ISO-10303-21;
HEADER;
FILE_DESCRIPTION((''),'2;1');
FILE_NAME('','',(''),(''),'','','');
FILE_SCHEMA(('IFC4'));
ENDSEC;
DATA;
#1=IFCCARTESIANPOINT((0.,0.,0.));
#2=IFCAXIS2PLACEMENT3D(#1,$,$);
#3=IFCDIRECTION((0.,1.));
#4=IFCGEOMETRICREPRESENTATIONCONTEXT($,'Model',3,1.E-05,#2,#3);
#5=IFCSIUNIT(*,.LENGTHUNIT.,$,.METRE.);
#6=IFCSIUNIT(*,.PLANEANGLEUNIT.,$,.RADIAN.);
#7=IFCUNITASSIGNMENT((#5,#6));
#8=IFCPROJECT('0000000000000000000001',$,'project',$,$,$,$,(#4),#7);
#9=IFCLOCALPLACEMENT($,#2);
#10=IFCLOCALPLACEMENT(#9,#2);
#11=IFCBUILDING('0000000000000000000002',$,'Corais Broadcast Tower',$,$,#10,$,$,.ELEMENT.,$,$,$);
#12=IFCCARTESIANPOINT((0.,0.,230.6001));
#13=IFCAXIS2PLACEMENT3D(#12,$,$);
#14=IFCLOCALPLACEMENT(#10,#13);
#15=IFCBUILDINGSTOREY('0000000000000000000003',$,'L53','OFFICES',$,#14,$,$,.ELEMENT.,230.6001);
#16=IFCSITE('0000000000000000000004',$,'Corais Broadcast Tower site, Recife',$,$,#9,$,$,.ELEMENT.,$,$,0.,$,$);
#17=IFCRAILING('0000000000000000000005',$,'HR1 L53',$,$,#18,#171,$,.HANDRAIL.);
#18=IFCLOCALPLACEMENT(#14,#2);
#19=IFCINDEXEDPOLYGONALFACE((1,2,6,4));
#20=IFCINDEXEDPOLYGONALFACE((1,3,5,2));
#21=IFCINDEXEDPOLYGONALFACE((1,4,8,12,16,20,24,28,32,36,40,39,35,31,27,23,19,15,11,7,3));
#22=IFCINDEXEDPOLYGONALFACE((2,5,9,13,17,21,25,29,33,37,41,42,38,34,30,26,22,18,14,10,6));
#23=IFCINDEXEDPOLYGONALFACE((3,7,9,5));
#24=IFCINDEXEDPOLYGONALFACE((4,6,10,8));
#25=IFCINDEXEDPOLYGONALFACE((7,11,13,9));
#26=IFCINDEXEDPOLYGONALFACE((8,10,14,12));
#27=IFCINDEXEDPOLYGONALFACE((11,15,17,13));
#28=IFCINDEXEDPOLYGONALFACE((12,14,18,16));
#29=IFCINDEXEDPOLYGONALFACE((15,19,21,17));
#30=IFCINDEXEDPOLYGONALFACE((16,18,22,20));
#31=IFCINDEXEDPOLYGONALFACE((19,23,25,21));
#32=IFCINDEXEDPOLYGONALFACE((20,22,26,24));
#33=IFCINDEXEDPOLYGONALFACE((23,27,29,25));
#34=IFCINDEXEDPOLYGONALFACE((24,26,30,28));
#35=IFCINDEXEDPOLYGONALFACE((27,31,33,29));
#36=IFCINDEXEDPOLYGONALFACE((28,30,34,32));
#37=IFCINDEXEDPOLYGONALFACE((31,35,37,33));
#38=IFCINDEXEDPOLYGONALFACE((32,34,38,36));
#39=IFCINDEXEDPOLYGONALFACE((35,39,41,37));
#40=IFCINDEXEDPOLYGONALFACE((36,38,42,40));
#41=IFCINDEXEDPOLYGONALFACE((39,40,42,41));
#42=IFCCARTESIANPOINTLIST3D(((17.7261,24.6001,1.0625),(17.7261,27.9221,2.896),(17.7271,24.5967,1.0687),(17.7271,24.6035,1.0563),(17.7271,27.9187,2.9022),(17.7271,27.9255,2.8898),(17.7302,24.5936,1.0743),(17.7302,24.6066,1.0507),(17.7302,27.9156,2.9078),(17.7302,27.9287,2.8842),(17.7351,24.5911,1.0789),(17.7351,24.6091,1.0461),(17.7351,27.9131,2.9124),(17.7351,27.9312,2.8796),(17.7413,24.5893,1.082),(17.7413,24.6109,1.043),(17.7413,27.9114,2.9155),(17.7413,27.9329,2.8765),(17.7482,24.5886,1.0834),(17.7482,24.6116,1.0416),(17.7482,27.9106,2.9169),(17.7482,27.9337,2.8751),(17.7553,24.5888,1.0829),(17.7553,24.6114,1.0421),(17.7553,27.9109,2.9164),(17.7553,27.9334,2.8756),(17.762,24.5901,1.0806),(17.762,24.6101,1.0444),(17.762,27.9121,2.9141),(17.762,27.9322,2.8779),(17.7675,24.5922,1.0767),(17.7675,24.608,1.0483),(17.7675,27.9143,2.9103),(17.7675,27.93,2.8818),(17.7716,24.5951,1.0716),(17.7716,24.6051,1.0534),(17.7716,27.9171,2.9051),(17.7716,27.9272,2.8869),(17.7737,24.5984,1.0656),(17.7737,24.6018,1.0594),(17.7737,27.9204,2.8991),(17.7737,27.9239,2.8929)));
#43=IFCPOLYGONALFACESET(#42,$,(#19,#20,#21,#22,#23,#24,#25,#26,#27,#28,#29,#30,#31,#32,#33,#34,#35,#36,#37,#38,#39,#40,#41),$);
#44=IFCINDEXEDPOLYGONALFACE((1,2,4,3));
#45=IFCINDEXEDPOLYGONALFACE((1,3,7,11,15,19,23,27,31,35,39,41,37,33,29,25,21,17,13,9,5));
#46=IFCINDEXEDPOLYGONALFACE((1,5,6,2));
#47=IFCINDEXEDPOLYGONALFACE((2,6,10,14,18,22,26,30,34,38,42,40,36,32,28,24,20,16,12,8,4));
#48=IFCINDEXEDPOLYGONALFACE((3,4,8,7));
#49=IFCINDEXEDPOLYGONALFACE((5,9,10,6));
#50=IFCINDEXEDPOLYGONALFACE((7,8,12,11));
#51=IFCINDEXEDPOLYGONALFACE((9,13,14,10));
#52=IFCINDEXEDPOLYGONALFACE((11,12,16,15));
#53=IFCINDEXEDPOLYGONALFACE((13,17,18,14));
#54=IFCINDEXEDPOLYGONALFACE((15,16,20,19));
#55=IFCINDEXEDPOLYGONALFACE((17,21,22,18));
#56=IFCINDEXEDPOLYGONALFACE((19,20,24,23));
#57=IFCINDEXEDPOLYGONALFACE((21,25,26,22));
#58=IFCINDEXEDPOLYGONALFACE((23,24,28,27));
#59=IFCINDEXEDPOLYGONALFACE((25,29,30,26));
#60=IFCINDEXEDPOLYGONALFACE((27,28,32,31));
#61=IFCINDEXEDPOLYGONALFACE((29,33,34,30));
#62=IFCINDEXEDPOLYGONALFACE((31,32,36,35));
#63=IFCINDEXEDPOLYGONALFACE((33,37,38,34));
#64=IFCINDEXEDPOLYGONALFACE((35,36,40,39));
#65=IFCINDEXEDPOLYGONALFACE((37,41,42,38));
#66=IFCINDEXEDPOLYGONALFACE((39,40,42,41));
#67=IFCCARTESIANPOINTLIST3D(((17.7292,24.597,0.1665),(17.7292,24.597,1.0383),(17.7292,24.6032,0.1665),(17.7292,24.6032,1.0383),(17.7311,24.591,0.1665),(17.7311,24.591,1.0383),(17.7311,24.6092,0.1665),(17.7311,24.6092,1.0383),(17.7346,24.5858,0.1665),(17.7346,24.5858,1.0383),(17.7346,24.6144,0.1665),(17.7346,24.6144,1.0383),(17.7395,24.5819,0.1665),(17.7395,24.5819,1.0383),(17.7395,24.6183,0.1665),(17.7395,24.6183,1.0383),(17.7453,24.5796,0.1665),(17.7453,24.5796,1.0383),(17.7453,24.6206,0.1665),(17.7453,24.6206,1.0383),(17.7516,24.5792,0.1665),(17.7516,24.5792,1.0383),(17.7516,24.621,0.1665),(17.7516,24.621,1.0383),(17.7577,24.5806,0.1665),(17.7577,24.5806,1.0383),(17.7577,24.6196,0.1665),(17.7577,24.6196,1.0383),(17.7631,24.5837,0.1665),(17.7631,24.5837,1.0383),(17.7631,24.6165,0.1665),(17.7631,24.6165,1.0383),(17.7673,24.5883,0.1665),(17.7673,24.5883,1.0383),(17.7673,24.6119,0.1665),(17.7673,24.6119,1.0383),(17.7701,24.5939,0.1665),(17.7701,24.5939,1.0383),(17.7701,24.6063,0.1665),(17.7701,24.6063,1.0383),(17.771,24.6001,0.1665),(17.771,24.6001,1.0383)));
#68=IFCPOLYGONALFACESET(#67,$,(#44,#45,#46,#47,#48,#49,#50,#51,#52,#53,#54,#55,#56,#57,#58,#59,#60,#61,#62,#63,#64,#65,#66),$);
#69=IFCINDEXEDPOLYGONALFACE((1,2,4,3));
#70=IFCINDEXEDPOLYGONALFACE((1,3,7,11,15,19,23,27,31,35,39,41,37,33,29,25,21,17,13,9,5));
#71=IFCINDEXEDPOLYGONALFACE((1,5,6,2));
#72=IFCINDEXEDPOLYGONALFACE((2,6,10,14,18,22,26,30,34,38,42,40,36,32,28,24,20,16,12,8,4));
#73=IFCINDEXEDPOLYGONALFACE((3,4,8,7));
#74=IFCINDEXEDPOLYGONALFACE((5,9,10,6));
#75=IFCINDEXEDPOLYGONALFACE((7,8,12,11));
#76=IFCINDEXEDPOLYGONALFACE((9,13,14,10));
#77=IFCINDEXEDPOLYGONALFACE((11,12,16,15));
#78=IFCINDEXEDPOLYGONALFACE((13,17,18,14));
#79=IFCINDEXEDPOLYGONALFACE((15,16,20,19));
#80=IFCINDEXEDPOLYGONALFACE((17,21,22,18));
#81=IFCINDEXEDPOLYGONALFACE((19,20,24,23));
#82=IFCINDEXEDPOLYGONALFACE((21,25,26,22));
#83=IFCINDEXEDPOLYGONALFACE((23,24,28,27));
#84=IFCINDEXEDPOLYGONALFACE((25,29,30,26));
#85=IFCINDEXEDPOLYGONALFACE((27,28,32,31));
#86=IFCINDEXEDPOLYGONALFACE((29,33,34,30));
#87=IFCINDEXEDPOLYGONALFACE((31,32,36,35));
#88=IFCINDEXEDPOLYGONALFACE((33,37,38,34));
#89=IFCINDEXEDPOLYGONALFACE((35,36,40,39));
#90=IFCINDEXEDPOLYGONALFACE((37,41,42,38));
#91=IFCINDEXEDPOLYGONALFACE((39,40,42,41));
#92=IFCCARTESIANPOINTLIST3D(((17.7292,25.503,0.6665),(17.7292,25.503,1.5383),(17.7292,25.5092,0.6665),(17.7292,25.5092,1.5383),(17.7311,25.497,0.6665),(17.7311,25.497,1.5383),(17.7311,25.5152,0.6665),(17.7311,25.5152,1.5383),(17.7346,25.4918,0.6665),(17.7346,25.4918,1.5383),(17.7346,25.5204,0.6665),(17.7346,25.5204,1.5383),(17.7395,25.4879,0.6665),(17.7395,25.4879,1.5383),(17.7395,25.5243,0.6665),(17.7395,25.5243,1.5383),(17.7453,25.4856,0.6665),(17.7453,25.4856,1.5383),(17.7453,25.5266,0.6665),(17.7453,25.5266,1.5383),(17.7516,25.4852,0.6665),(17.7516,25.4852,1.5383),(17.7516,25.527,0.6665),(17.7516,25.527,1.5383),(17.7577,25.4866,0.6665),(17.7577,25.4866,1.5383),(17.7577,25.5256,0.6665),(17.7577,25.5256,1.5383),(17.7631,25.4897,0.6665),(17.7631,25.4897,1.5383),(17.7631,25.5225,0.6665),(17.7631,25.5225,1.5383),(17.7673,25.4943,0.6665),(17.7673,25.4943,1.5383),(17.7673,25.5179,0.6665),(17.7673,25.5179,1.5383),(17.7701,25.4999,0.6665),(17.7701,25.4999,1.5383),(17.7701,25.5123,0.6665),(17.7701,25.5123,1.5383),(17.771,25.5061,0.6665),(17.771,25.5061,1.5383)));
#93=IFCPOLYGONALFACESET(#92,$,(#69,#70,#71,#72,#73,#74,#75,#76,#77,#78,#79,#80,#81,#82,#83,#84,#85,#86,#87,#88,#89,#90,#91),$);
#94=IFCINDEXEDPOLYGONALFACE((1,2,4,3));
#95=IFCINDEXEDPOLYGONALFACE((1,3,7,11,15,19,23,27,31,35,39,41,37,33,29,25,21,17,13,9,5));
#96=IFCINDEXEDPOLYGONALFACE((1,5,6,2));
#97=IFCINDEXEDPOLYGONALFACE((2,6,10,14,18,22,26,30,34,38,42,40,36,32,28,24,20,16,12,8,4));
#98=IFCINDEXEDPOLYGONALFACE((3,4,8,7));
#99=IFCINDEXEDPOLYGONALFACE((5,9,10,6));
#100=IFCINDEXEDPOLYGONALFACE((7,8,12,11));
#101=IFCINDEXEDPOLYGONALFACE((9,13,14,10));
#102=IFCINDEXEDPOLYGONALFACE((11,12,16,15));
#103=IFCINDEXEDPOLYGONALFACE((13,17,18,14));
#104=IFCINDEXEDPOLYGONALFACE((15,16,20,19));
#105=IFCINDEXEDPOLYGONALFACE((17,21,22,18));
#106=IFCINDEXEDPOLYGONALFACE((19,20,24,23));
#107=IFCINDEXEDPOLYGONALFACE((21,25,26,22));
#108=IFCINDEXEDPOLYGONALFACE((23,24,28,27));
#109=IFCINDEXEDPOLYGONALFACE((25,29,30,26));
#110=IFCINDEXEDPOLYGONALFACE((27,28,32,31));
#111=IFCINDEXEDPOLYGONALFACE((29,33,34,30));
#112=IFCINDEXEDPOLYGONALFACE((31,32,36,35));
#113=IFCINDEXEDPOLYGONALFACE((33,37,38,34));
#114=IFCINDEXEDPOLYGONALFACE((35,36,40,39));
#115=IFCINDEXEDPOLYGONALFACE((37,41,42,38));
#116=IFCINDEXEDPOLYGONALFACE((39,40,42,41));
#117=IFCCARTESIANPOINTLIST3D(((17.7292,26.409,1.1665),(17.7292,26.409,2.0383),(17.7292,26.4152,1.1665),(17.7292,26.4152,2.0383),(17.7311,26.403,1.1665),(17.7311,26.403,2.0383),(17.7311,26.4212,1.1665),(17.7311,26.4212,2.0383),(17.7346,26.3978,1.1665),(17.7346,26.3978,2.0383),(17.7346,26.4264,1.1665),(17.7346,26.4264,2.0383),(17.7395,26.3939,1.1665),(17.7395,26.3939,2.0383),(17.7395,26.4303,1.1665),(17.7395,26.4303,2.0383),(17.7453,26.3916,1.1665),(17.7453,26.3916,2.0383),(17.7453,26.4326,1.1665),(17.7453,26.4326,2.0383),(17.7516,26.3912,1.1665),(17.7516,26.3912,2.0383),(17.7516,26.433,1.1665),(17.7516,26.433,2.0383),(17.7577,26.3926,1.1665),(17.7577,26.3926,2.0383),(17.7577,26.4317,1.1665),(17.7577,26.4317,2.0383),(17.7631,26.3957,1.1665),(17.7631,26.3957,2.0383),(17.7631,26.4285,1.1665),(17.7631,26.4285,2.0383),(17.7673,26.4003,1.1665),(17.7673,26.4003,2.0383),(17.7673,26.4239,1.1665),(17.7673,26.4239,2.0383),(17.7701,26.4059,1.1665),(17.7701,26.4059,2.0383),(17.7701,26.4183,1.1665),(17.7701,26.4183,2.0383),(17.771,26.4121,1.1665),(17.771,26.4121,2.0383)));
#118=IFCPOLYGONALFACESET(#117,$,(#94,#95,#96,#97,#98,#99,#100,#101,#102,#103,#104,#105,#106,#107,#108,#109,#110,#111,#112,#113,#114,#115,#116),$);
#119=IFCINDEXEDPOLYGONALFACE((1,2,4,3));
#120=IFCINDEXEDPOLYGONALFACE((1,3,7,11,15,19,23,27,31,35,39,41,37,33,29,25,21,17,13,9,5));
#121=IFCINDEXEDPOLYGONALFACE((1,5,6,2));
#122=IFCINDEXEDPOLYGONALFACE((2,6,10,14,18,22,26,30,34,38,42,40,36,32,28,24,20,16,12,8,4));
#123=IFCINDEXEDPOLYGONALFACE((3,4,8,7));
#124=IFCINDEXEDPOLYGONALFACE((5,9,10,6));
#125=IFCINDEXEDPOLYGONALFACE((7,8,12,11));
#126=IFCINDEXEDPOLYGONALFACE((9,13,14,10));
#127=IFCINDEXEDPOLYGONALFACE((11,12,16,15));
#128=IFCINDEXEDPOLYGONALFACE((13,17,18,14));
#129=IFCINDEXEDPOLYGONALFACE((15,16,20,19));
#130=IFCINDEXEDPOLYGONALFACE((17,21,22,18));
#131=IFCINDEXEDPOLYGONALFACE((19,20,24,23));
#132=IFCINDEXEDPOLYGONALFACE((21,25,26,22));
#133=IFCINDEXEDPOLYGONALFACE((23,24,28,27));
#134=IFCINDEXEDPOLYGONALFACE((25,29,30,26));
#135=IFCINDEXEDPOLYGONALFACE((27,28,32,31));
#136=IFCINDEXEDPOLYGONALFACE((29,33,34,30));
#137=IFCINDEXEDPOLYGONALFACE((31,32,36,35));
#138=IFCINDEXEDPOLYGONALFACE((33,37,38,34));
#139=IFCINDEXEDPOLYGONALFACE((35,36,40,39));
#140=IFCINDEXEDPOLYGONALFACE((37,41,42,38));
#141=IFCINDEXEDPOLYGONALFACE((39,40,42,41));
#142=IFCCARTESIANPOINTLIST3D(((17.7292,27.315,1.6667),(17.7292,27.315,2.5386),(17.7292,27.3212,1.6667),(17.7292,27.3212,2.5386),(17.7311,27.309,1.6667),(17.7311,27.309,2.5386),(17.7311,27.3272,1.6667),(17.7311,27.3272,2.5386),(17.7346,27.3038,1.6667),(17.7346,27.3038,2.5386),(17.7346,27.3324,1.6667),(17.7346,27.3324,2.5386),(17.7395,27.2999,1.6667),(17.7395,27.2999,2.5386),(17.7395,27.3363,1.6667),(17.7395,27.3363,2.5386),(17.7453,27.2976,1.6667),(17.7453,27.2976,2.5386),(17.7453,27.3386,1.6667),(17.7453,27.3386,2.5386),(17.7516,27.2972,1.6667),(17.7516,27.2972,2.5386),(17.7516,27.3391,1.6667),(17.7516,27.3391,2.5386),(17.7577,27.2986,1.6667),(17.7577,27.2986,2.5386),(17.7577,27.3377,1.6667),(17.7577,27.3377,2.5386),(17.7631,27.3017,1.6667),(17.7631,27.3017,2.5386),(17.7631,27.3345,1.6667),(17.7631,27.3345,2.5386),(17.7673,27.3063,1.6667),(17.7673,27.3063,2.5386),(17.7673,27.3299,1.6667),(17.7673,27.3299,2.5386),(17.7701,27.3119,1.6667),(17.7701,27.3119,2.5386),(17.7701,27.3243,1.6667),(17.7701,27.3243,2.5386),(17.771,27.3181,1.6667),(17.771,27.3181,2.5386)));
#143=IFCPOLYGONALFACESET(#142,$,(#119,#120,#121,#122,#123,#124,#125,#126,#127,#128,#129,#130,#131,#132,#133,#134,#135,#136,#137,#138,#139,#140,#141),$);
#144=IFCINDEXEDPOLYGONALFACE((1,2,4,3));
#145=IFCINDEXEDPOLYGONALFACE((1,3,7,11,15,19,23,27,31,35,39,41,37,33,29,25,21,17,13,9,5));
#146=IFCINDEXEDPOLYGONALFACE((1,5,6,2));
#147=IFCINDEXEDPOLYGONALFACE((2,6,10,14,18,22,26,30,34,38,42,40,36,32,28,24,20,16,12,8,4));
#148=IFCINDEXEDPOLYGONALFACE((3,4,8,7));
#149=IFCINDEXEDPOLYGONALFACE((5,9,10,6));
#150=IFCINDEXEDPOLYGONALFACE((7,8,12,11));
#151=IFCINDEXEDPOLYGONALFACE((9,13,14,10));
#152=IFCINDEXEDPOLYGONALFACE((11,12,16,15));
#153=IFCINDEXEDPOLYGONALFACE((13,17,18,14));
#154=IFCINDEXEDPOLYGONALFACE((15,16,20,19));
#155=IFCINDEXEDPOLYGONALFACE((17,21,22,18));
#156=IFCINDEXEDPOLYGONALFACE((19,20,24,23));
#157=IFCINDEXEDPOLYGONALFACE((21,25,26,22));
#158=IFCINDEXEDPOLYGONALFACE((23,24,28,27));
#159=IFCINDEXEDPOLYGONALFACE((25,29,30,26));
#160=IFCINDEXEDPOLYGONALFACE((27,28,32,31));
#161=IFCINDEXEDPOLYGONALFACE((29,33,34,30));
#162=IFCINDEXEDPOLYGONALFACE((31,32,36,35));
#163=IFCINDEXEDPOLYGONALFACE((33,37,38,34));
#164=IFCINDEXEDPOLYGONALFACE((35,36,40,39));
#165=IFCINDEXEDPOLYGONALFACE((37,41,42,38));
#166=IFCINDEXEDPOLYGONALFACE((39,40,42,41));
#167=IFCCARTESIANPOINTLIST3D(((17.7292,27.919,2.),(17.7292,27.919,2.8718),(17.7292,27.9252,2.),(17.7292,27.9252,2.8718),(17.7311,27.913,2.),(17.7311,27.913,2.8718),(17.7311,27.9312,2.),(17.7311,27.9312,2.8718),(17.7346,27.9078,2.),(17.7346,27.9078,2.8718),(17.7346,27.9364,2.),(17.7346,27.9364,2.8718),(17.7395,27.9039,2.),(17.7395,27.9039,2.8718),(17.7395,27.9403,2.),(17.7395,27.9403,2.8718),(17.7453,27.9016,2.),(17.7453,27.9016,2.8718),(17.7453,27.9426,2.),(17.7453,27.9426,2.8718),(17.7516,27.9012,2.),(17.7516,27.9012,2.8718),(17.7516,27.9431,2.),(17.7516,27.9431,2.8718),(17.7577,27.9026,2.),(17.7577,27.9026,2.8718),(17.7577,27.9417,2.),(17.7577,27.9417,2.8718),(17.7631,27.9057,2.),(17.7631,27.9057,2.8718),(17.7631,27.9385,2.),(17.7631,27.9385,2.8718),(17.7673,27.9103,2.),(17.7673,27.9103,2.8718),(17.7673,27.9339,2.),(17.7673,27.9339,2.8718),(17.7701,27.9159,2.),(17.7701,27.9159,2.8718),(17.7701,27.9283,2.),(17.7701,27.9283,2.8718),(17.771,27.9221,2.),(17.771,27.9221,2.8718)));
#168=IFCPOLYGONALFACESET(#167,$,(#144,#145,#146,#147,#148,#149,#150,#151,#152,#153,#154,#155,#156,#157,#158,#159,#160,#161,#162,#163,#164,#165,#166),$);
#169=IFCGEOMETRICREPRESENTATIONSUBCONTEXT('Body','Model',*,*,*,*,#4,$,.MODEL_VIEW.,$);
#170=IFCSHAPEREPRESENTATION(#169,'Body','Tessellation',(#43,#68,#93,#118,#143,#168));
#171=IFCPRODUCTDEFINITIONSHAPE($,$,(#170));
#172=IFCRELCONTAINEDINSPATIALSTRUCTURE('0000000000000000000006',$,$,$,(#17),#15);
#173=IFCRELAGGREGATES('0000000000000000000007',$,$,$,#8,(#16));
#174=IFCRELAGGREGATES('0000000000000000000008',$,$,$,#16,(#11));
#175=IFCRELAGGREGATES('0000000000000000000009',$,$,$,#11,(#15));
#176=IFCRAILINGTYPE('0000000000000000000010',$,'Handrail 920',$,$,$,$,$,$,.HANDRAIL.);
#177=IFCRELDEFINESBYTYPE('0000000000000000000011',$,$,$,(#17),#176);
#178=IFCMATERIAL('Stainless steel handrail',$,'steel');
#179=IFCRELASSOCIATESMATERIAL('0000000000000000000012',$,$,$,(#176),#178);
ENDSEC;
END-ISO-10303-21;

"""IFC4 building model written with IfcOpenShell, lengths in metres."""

from ifc_helpers import new_model, si_unit, direction, frame, origin, origin_2d, place, context, subcontext, project, spatial, circle, extrude, material, type_object, element, save


model = new_model("IFC4")

# Units and contexts
model_context = context("Model", 3, precision=1e-05, world=origin(), true_north=direction((0.0, 1.0)))
body_context = subcontext(model_context, "Body", "Model", "MODEL_VIEW")
ifc_project = project(units=[si_unit("LENGTHUNIT", "METRE"), si_unit("PLANEANGLEUNIT", "RADIAN")], contexts=[model_context])

# Site, building, storey
site_placement = place(None, origin())
site = spatial("IfcSite", under=ifc_project, at=site_placement, Name="Corais Broadcast Tower site, Recife", CompositionType="ELEMENT", RefElevation=0.0)
building_placement = place(site_placement, origin())
building = spatial("IfcBuilding", under=site, at=building_placement, Name="Corais Broadcast Tower", CompositionType="ELEMENT")
storey_placement = place(building_placement, frame((0.0, 0.0, 230.6001)))
storey = spatial("IfcBuildingStorey", under=building, at=storey_placement, Name="L53", Description="OFFICES", CompositionType="ELEMENT", Elevation=230.6001)

# Railing
ifc_material_1 = material(Name="Stainless steel handrail", Category="steel")
railing_type = type_object("IfcRailingType", Name="Handrail 920", PredefinedType="HANDRAIL", material=ifc_material_1)
for number, where, name in (
    (1, (17.75, 24.6001, 0.1665), "HR1 L53"),
):
    element("IfcRailing", number, at=place(storey_placement, frame(where)), inside=storey, type_object=railing_type, Name=name, PredefinedType="HANDRAIL", context=body_context, shape_type="SweptSolid", body=[
        extrude(circle(Radius=0.0239, at=origin_2d()), frame((0.0, 0.0, 0.896), z_axis=(0.0, 0.875504, 0.48321), x_axis=(-1.0, 0.0, 0.0)), (0.0, 0.0, 1.0), 3.7944),
        extrude(circle(Radius=0.021, at=origin_2d()), origin(), (0.0, 0.0, 1.0), 0.8718),
        extrude(circle(Radius=0.021, at=origin_2d()), frame((0.0, 0.906, 0.5)), (0.0, 0.0, 1.0), 0.8718),
        extrude(circle(Radius=0.021, at=origin_2d()), frame((0.0, 1.812, 1.0)), (0.0, 0.0, 1.0), 0.8718),
        extrude(circle(Radius=0.021, at=origin_2d()), frame((0.0, 2.718, 1.5002)), (0.0, 0.0, 1.0), 0.8718),
        extrude(circle(Radius=0.021, at=origin_2d()), frame((0.0, 3.322, 1.8335)), (0.0, 0.0, 1.0), 0.8718),
    ])

save(model, "model.ifc")
